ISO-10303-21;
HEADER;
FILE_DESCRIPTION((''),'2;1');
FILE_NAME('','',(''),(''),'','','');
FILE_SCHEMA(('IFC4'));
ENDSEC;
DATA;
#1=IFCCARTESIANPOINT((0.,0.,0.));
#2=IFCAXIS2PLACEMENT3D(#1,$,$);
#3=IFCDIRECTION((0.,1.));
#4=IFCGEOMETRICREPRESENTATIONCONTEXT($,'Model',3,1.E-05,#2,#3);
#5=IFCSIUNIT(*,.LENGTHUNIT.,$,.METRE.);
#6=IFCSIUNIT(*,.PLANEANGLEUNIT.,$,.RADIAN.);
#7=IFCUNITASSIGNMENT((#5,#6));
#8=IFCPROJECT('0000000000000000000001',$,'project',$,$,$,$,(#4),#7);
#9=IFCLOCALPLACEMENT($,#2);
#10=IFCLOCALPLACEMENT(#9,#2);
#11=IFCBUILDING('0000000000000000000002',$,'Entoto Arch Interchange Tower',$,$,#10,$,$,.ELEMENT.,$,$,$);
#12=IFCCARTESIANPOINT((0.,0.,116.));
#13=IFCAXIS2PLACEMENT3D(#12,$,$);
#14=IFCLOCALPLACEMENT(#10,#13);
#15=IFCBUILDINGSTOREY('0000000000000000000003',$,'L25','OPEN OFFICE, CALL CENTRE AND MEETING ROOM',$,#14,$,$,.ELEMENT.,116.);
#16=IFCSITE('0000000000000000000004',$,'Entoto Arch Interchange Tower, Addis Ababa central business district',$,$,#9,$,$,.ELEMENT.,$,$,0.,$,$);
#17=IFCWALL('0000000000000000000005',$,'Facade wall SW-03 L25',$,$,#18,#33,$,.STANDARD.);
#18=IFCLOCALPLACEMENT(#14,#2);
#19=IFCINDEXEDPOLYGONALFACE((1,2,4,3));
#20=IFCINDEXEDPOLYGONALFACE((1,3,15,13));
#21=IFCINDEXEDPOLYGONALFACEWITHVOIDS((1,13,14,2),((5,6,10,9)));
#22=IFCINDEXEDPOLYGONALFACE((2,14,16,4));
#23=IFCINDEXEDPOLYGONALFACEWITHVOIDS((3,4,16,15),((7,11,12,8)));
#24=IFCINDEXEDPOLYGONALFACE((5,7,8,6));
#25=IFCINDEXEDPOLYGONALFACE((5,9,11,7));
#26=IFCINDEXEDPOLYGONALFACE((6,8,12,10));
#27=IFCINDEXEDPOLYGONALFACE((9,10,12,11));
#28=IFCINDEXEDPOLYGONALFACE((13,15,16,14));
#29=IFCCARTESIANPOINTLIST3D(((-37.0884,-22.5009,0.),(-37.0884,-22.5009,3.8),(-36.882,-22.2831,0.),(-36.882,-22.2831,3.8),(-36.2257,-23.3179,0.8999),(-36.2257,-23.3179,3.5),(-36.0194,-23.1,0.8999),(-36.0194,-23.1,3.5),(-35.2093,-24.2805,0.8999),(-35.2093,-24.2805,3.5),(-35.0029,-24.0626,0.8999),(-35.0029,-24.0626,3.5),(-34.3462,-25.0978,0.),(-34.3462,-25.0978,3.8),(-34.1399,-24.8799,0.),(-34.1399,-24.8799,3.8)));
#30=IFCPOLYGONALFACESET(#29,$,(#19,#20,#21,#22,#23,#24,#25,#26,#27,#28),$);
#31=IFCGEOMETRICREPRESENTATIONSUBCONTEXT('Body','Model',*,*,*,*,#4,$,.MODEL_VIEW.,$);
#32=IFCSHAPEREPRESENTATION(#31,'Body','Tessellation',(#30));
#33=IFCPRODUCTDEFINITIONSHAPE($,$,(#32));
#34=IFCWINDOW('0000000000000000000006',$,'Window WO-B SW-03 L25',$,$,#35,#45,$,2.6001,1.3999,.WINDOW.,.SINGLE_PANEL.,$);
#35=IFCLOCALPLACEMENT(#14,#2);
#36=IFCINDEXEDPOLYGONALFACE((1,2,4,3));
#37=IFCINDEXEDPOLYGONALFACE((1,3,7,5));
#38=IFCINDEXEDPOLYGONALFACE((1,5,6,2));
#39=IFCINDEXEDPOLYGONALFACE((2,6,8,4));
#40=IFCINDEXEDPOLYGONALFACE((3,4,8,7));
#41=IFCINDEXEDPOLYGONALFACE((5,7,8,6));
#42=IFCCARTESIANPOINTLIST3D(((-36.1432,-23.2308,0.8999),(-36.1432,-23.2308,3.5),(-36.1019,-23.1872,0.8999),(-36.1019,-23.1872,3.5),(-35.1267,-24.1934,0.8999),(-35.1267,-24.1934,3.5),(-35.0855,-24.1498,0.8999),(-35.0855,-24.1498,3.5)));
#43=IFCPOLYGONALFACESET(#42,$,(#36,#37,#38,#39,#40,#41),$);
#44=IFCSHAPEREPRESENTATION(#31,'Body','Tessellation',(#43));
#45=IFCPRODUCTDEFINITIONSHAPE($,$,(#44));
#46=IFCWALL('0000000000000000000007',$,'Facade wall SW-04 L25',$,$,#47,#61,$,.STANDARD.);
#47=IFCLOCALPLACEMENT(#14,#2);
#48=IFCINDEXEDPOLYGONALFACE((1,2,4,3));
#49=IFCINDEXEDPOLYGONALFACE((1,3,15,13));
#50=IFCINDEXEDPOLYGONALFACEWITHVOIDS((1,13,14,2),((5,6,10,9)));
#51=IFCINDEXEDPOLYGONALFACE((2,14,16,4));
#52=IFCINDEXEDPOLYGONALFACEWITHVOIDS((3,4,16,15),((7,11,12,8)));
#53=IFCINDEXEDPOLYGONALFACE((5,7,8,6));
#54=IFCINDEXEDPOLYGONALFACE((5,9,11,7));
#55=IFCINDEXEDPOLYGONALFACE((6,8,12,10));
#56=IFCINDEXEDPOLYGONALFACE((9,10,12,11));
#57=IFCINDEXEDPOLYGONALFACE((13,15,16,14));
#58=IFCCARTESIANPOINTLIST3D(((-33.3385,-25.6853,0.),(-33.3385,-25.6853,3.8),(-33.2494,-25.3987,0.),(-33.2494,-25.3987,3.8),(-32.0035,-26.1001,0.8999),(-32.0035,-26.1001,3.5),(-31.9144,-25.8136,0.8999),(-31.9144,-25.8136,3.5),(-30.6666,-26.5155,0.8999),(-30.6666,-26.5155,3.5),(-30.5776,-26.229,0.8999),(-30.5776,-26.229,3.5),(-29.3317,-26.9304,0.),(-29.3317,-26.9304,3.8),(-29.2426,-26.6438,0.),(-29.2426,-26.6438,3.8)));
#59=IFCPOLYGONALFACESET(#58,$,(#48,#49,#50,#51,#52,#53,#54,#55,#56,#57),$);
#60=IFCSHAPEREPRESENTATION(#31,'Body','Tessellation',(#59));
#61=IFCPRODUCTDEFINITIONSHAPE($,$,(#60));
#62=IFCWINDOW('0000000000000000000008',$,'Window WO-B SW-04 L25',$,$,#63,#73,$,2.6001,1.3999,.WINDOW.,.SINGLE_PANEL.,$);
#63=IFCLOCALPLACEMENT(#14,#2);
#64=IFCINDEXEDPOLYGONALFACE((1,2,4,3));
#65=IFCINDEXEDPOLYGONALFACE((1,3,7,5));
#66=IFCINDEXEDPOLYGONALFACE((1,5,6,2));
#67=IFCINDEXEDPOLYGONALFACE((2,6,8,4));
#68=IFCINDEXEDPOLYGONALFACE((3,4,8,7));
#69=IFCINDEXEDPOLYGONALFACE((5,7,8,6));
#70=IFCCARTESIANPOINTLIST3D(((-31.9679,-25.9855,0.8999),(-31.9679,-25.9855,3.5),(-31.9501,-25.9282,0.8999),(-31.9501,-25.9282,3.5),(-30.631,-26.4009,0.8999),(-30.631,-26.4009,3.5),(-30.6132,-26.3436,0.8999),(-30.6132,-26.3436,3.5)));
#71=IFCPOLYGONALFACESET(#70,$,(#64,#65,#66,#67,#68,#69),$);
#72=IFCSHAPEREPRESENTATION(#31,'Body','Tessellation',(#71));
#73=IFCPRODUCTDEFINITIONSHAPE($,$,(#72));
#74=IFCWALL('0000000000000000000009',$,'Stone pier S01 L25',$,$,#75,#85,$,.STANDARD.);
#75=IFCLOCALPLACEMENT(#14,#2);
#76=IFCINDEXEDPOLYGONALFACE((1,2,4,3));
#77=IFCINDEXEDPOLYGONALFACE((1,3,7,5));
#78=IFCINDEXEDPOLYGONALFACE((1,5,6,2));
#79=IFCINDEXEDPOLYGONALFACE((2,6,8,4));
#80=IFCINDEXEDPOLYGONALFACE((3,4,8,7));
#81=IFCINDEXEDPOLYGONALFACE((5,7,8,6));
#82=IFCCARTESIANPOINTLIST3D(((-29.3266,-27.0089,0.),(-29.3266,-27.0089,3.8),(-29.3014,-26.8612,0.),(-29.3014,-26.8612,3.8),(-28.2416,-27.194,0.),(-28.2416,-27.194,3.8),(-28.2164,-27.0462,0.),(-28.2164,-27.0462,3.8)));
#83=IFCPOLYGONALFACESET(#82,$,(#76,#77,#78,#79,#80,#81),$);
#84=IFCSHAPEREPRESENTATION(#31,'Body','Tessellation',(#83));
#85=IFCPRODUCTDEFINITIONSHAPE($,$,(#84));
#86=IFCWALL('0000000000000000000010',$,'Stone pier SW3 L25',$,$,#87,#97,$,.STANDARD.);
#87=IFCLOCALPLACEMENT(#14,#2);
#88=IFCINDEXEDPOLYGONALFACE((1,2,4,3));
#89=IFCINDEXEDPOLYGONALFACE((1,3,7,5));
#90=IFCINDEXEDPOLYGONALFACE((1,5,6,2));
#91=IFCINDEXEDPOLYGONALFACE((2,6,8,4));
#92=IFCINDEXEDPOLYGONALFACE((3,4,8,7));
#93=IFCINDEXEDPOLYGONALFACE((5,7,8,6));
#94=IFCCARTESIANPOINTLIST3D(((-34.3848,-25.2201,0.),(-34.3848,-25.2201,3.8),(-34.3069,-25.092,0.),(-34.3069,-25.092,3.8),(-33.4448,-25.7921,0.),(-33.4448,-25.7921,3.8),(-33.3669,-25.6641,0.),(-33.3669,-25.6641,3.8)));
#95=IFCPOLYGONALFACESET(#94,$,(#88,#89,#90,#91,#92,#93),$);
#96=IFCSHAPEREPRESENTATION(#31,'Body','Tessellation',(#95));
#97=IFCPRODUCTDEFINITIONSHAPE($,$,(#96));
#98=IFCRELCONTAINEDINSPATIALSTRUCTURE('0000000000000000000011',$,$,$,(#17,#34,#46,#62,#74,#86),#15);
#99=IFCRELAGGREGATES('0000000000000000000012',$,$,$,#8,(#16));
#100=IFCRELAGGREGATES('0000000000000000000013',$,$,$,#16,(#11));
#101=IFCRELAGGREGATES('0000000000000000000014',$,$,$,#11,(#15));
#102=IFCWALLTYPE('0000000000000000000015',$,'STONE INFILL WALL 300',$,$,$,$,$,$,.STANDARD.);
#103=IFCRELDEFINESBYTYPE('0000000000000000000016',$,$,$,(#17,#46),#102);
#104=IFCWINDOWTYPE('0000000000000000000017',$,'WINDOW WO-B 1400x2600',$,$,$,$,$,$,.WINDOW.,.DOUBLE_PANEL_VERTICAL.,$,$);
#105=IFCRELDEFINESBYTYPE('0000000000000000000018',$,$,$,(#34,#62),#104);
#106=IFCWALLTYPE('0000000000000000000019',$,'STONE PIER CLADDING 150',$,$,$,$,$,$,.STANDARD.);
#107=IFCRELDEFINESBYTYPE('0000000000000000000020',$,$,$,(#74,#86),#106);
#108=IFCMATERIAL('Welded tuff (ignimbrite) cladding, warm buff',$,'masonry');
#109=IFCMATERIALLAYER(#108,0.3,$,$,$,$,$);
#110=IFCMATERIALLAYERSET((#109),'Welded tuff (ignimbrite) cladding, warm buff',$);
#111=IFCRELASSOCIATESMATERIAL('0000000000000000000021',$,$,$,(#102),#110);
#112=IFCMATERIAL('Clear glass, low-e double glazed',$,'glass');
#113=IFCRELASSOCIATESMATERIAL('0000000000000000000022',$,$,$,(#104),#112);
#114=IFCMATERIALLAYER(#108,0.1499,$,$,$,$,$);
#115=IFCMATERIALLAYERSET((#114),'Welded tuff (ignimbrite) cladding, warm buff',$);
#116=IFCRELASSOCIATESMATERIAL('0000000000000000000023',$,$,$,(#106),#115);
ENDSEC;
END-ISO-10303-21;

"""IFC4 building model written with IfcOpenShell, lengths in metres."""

from ifc_helpers import new_model, si_unit, direction, frame, frame_2d, origin, place, context, subcontext, project, spatial, rectangle, extrude, material, layer, layer_set, type_object, element, fill, save


model = new_model("IFC4")

# Units and contexts
model_context = context("Model", 3, precision=1e-05, world=origin(), true_north=direction((0.0, 1.0)))
body_context = subcontext(model_context, "Body", "Model", "MODEL_VIEW")
ifc_project = project(units=[si_unit("LENGTHUNIT", "METRE"), si_unit("PLANEANGLEUNIT", "RADIAN")], contexts=[model_context])

# Site, building, storey
site_placement = place(None, origin())
site = spatial("IfcSite", under=ifc_project, at=site_placement, Name="Entoto Arch Interchange Tower, Addis Ababa central business district", CompositionType="ELEMENT", RefElevation=0.0)
building_placement = place(site_placement, origin())
building = spatial("IfcBuilding", under=site, at=building_placement, Name="Entoto Arch Interchange Tower", CompositionType="ELEMENT")
storey_placement = place(building_placement, frame((0.0, 0.0, 116.0)))
storey = spatial("IfcBuildingStorey", under=building, at=storey_placement, Name="L25", Description="OPEN OFFICE, CALL CENTRE AND MEETING ROOM", CompositionType="ELEMENT", Elevation=116.0)

# Shared definitions
ifc_material_1 = material(Name="Welded tuff (ignimbrite) cladding, warm buff", Category="masonry")
ifc_layer_1 = layer(ifc_material_1, 0.3)
ifc_layer_set_1 = layer_set([ifc_layer_1], Name="Welded tuff (ignimbrite) cladding, warm buff")
wall_type_1 = type_object("IfcWallType", Name="STONE INFILL WALL 300", PredefinedType="STANDARD", material=ifc_layer_set_1)
ifc_material_2 = material(Name="Clear glass, low-e double glazed", Category="glass")

# Walls, openings, windows
window_type_1 = type_object("IfcWindowType", Name="WINDOW WO-B 1400x2600", PartitioningType="DOUBLE_PANEL_VERTICAL", PredefinedType="WINDOW", material=ifc_material_2)
wall_1_placement = place(storey_placement, frame((-36.9851, -22.3921, 0.0), z_axis=(0.0, 0.0, 1.0), x_axis=(0.726077, -0.687614, 0.0)))
wall_1 = element("IfcWall", 1, at=wall_1_placement, inside=storey, type_object=wall_type_1, Name="Facade wall SW-03 L25", PredefinedType="STANDARD", context=body_context, shape_type="SweptSolid", body=[
    extrude(rectangle(XDim=3.7766, YDim=0.3, at=frame_2d((1.8882, 0.0))), origin(), (0.0, 0.0, 1.0), 3.8),
])
opening_1_placement = place(wall_1_placement, frame((1.188, 0.0, 0.8999)))
opening_1 = element("IfcOpeningElement", 2, at=opening_1_placement, cuts=wall_1, PredefinedType="OPENING", context=body_context, shape_type="SweptSolid", body=[
    extrude(rectangle(XDim=1.3999, YDim=2.6001, at=frame_2d((0.7, 1.3))), frame((0.0, 0.1602, 0.0), z_axis=(0.0, -1.0, 0.0), x_axis=(1.0, 0.0, 0.0)), (0.0, 0.0, 1.0), 0.3201),
])
window_1_placement = place(opening_1_placement, origin())
window_1 = element("IfcWindow", 3, at=window_1_placement, inside=storey, type_object=window_type_1, Name="Window WO-B SW-03 L25", OverallHeight=2.6001, OverallWidth=1.3999, PartitioningType="SINGLE_PANEL", PredefinedType="WINDOW", context=body_context, shape_type="SweptSolid", body=[
    extrude(rectangle(XDim=1.3999, YDim=2.6001, at=frame_2d((0.7, 1.3))), frame((0.0, 0.03, 0.0), z_axis=(0.0, -1.0, 0.0), x_axis=(1.0, 0.0, 0.0)), (0.0, 0.0, 1.0), 0.0601),
])
fill(opening_1, window_1)
wall_2_placement = place(storey_placement, frame((-33.2939, -25.542, 0.0), z_axis=(0.0, 0.0, 1.0), x_axis=(0.954955, -0.296751, 0.0)))
wall_2 = element("IfcWall", 4, at=wall_2_placement, inside=storey, type_object=wall_type_1, Name="Facade wall SW-04 L25", PredefinedType="STANDARD", context=body_context, shape_type="SweptSolid", body=[
    extrude(rectangle(XDim=4.1958, YDim=0.3, at=frame_2d((2.0979, 0.0))), origin(), (0.0, 0.0, 1.0), 3.8),
])
opening_2_placement = place(wall_2_placement, frame((1.3979, 0.0, 0.8999)))
opening_2 = element("IfcOpeningElement", 5, at=opening_2_placement, cuts=wall_2, PredefinedType="OPENING", context=body_context, shape_type="SweptSolid", body=[
    extrude(rectangle(XDim=1.3999, YDim=2.6001, at=frame_2d((0.7, 1.3))), frame((0.0, 0.1602, 0.0), z_axis=(0.0, -1.0, 0.0), x_axis=(1.0, 0.0, 0.0)), (0.0, 0.0, 1.0), 0.3201),
])
window_2_placement = place(opening_2_placement, origin())
window_2 = element("IfcWindow", 6, at=window_2_placement, inside=storey, type_object=window_type_1, Name="Window WO-B SW-04 L25", OverallHeight=2.6001, OverallWidth=1.3999, PartitioningType="SINGLE_PANEL", PredefinedType="WINDOW", context=body_context, shape_type="SweptSolid", body=[
    extrude(rectangle(XDim=1.3999, YDim=2.6001, at=frame_2d((0.7, 1.3))), frame((0.0, 0.03, 0.0), z_axis=(0.0, -1.0, 0.0), x_axis=(1.0, 0.0, 0.0)), (0.0, 0.0, 1.0), 0.0601),
])
fill(opening_2, window_2)

# Walls
ifc_layer_2 = layer(ifc_material_1, 0.1499)
ifc_layer_set_2 = layer_set([ifc_layer_2], Name="Welded tuff (ignimbrite) cladding, warm buff")
wall_type_2 = type_object("IfcWallType", Name="STONE PIER CLADDING 150", PredefinedType="STANDARD", material=ifc_layer_set_2)
wall_3_placement = place(storey_placement, frame((-29.314, -26.9351, 0.0), z_axis=(0.0, 0.0, 1.0), x_axis=(0.985763, -0.168139, 0.0)))
element("IfcWall", 7, at=wall_3_placement, inside=storey, type_object=wall_type_2, Name="Stone pier S01 L25", PredefinedType="STANDARD", context=body_context, shape_type="SweptSolid", body=[
    extrude(rectangle(XDim=1.1006, YDim=0.1499, at=frame_2d((0.5503, 0.0))), origin(), (0.0, 0.0, 1.0), 3.8),
])
wall_4_placement = place(storey_placement, frame((-34.3459, -25.156, 0.0), z_axis=(0.0, 0.0, 1.0), x_axis=(0.854246, -0.51987, 0.0)))
element("IfcWall", 8, at=wall_4_placement, inside=storey, type_object=wall_type_2, Name="Stone pier SW3 L25", PredefinedType="STANDARD", context=body_context, shape_type="SweptSolid", body=[
    extrude(rectangle(XDim=1.1003, YDim=0.1499, at=frame_2d((0.5503, 0.0))), origin(), (0.0, 0.0, 1.0), 3.8),
])

save(model, "model.ifc")
